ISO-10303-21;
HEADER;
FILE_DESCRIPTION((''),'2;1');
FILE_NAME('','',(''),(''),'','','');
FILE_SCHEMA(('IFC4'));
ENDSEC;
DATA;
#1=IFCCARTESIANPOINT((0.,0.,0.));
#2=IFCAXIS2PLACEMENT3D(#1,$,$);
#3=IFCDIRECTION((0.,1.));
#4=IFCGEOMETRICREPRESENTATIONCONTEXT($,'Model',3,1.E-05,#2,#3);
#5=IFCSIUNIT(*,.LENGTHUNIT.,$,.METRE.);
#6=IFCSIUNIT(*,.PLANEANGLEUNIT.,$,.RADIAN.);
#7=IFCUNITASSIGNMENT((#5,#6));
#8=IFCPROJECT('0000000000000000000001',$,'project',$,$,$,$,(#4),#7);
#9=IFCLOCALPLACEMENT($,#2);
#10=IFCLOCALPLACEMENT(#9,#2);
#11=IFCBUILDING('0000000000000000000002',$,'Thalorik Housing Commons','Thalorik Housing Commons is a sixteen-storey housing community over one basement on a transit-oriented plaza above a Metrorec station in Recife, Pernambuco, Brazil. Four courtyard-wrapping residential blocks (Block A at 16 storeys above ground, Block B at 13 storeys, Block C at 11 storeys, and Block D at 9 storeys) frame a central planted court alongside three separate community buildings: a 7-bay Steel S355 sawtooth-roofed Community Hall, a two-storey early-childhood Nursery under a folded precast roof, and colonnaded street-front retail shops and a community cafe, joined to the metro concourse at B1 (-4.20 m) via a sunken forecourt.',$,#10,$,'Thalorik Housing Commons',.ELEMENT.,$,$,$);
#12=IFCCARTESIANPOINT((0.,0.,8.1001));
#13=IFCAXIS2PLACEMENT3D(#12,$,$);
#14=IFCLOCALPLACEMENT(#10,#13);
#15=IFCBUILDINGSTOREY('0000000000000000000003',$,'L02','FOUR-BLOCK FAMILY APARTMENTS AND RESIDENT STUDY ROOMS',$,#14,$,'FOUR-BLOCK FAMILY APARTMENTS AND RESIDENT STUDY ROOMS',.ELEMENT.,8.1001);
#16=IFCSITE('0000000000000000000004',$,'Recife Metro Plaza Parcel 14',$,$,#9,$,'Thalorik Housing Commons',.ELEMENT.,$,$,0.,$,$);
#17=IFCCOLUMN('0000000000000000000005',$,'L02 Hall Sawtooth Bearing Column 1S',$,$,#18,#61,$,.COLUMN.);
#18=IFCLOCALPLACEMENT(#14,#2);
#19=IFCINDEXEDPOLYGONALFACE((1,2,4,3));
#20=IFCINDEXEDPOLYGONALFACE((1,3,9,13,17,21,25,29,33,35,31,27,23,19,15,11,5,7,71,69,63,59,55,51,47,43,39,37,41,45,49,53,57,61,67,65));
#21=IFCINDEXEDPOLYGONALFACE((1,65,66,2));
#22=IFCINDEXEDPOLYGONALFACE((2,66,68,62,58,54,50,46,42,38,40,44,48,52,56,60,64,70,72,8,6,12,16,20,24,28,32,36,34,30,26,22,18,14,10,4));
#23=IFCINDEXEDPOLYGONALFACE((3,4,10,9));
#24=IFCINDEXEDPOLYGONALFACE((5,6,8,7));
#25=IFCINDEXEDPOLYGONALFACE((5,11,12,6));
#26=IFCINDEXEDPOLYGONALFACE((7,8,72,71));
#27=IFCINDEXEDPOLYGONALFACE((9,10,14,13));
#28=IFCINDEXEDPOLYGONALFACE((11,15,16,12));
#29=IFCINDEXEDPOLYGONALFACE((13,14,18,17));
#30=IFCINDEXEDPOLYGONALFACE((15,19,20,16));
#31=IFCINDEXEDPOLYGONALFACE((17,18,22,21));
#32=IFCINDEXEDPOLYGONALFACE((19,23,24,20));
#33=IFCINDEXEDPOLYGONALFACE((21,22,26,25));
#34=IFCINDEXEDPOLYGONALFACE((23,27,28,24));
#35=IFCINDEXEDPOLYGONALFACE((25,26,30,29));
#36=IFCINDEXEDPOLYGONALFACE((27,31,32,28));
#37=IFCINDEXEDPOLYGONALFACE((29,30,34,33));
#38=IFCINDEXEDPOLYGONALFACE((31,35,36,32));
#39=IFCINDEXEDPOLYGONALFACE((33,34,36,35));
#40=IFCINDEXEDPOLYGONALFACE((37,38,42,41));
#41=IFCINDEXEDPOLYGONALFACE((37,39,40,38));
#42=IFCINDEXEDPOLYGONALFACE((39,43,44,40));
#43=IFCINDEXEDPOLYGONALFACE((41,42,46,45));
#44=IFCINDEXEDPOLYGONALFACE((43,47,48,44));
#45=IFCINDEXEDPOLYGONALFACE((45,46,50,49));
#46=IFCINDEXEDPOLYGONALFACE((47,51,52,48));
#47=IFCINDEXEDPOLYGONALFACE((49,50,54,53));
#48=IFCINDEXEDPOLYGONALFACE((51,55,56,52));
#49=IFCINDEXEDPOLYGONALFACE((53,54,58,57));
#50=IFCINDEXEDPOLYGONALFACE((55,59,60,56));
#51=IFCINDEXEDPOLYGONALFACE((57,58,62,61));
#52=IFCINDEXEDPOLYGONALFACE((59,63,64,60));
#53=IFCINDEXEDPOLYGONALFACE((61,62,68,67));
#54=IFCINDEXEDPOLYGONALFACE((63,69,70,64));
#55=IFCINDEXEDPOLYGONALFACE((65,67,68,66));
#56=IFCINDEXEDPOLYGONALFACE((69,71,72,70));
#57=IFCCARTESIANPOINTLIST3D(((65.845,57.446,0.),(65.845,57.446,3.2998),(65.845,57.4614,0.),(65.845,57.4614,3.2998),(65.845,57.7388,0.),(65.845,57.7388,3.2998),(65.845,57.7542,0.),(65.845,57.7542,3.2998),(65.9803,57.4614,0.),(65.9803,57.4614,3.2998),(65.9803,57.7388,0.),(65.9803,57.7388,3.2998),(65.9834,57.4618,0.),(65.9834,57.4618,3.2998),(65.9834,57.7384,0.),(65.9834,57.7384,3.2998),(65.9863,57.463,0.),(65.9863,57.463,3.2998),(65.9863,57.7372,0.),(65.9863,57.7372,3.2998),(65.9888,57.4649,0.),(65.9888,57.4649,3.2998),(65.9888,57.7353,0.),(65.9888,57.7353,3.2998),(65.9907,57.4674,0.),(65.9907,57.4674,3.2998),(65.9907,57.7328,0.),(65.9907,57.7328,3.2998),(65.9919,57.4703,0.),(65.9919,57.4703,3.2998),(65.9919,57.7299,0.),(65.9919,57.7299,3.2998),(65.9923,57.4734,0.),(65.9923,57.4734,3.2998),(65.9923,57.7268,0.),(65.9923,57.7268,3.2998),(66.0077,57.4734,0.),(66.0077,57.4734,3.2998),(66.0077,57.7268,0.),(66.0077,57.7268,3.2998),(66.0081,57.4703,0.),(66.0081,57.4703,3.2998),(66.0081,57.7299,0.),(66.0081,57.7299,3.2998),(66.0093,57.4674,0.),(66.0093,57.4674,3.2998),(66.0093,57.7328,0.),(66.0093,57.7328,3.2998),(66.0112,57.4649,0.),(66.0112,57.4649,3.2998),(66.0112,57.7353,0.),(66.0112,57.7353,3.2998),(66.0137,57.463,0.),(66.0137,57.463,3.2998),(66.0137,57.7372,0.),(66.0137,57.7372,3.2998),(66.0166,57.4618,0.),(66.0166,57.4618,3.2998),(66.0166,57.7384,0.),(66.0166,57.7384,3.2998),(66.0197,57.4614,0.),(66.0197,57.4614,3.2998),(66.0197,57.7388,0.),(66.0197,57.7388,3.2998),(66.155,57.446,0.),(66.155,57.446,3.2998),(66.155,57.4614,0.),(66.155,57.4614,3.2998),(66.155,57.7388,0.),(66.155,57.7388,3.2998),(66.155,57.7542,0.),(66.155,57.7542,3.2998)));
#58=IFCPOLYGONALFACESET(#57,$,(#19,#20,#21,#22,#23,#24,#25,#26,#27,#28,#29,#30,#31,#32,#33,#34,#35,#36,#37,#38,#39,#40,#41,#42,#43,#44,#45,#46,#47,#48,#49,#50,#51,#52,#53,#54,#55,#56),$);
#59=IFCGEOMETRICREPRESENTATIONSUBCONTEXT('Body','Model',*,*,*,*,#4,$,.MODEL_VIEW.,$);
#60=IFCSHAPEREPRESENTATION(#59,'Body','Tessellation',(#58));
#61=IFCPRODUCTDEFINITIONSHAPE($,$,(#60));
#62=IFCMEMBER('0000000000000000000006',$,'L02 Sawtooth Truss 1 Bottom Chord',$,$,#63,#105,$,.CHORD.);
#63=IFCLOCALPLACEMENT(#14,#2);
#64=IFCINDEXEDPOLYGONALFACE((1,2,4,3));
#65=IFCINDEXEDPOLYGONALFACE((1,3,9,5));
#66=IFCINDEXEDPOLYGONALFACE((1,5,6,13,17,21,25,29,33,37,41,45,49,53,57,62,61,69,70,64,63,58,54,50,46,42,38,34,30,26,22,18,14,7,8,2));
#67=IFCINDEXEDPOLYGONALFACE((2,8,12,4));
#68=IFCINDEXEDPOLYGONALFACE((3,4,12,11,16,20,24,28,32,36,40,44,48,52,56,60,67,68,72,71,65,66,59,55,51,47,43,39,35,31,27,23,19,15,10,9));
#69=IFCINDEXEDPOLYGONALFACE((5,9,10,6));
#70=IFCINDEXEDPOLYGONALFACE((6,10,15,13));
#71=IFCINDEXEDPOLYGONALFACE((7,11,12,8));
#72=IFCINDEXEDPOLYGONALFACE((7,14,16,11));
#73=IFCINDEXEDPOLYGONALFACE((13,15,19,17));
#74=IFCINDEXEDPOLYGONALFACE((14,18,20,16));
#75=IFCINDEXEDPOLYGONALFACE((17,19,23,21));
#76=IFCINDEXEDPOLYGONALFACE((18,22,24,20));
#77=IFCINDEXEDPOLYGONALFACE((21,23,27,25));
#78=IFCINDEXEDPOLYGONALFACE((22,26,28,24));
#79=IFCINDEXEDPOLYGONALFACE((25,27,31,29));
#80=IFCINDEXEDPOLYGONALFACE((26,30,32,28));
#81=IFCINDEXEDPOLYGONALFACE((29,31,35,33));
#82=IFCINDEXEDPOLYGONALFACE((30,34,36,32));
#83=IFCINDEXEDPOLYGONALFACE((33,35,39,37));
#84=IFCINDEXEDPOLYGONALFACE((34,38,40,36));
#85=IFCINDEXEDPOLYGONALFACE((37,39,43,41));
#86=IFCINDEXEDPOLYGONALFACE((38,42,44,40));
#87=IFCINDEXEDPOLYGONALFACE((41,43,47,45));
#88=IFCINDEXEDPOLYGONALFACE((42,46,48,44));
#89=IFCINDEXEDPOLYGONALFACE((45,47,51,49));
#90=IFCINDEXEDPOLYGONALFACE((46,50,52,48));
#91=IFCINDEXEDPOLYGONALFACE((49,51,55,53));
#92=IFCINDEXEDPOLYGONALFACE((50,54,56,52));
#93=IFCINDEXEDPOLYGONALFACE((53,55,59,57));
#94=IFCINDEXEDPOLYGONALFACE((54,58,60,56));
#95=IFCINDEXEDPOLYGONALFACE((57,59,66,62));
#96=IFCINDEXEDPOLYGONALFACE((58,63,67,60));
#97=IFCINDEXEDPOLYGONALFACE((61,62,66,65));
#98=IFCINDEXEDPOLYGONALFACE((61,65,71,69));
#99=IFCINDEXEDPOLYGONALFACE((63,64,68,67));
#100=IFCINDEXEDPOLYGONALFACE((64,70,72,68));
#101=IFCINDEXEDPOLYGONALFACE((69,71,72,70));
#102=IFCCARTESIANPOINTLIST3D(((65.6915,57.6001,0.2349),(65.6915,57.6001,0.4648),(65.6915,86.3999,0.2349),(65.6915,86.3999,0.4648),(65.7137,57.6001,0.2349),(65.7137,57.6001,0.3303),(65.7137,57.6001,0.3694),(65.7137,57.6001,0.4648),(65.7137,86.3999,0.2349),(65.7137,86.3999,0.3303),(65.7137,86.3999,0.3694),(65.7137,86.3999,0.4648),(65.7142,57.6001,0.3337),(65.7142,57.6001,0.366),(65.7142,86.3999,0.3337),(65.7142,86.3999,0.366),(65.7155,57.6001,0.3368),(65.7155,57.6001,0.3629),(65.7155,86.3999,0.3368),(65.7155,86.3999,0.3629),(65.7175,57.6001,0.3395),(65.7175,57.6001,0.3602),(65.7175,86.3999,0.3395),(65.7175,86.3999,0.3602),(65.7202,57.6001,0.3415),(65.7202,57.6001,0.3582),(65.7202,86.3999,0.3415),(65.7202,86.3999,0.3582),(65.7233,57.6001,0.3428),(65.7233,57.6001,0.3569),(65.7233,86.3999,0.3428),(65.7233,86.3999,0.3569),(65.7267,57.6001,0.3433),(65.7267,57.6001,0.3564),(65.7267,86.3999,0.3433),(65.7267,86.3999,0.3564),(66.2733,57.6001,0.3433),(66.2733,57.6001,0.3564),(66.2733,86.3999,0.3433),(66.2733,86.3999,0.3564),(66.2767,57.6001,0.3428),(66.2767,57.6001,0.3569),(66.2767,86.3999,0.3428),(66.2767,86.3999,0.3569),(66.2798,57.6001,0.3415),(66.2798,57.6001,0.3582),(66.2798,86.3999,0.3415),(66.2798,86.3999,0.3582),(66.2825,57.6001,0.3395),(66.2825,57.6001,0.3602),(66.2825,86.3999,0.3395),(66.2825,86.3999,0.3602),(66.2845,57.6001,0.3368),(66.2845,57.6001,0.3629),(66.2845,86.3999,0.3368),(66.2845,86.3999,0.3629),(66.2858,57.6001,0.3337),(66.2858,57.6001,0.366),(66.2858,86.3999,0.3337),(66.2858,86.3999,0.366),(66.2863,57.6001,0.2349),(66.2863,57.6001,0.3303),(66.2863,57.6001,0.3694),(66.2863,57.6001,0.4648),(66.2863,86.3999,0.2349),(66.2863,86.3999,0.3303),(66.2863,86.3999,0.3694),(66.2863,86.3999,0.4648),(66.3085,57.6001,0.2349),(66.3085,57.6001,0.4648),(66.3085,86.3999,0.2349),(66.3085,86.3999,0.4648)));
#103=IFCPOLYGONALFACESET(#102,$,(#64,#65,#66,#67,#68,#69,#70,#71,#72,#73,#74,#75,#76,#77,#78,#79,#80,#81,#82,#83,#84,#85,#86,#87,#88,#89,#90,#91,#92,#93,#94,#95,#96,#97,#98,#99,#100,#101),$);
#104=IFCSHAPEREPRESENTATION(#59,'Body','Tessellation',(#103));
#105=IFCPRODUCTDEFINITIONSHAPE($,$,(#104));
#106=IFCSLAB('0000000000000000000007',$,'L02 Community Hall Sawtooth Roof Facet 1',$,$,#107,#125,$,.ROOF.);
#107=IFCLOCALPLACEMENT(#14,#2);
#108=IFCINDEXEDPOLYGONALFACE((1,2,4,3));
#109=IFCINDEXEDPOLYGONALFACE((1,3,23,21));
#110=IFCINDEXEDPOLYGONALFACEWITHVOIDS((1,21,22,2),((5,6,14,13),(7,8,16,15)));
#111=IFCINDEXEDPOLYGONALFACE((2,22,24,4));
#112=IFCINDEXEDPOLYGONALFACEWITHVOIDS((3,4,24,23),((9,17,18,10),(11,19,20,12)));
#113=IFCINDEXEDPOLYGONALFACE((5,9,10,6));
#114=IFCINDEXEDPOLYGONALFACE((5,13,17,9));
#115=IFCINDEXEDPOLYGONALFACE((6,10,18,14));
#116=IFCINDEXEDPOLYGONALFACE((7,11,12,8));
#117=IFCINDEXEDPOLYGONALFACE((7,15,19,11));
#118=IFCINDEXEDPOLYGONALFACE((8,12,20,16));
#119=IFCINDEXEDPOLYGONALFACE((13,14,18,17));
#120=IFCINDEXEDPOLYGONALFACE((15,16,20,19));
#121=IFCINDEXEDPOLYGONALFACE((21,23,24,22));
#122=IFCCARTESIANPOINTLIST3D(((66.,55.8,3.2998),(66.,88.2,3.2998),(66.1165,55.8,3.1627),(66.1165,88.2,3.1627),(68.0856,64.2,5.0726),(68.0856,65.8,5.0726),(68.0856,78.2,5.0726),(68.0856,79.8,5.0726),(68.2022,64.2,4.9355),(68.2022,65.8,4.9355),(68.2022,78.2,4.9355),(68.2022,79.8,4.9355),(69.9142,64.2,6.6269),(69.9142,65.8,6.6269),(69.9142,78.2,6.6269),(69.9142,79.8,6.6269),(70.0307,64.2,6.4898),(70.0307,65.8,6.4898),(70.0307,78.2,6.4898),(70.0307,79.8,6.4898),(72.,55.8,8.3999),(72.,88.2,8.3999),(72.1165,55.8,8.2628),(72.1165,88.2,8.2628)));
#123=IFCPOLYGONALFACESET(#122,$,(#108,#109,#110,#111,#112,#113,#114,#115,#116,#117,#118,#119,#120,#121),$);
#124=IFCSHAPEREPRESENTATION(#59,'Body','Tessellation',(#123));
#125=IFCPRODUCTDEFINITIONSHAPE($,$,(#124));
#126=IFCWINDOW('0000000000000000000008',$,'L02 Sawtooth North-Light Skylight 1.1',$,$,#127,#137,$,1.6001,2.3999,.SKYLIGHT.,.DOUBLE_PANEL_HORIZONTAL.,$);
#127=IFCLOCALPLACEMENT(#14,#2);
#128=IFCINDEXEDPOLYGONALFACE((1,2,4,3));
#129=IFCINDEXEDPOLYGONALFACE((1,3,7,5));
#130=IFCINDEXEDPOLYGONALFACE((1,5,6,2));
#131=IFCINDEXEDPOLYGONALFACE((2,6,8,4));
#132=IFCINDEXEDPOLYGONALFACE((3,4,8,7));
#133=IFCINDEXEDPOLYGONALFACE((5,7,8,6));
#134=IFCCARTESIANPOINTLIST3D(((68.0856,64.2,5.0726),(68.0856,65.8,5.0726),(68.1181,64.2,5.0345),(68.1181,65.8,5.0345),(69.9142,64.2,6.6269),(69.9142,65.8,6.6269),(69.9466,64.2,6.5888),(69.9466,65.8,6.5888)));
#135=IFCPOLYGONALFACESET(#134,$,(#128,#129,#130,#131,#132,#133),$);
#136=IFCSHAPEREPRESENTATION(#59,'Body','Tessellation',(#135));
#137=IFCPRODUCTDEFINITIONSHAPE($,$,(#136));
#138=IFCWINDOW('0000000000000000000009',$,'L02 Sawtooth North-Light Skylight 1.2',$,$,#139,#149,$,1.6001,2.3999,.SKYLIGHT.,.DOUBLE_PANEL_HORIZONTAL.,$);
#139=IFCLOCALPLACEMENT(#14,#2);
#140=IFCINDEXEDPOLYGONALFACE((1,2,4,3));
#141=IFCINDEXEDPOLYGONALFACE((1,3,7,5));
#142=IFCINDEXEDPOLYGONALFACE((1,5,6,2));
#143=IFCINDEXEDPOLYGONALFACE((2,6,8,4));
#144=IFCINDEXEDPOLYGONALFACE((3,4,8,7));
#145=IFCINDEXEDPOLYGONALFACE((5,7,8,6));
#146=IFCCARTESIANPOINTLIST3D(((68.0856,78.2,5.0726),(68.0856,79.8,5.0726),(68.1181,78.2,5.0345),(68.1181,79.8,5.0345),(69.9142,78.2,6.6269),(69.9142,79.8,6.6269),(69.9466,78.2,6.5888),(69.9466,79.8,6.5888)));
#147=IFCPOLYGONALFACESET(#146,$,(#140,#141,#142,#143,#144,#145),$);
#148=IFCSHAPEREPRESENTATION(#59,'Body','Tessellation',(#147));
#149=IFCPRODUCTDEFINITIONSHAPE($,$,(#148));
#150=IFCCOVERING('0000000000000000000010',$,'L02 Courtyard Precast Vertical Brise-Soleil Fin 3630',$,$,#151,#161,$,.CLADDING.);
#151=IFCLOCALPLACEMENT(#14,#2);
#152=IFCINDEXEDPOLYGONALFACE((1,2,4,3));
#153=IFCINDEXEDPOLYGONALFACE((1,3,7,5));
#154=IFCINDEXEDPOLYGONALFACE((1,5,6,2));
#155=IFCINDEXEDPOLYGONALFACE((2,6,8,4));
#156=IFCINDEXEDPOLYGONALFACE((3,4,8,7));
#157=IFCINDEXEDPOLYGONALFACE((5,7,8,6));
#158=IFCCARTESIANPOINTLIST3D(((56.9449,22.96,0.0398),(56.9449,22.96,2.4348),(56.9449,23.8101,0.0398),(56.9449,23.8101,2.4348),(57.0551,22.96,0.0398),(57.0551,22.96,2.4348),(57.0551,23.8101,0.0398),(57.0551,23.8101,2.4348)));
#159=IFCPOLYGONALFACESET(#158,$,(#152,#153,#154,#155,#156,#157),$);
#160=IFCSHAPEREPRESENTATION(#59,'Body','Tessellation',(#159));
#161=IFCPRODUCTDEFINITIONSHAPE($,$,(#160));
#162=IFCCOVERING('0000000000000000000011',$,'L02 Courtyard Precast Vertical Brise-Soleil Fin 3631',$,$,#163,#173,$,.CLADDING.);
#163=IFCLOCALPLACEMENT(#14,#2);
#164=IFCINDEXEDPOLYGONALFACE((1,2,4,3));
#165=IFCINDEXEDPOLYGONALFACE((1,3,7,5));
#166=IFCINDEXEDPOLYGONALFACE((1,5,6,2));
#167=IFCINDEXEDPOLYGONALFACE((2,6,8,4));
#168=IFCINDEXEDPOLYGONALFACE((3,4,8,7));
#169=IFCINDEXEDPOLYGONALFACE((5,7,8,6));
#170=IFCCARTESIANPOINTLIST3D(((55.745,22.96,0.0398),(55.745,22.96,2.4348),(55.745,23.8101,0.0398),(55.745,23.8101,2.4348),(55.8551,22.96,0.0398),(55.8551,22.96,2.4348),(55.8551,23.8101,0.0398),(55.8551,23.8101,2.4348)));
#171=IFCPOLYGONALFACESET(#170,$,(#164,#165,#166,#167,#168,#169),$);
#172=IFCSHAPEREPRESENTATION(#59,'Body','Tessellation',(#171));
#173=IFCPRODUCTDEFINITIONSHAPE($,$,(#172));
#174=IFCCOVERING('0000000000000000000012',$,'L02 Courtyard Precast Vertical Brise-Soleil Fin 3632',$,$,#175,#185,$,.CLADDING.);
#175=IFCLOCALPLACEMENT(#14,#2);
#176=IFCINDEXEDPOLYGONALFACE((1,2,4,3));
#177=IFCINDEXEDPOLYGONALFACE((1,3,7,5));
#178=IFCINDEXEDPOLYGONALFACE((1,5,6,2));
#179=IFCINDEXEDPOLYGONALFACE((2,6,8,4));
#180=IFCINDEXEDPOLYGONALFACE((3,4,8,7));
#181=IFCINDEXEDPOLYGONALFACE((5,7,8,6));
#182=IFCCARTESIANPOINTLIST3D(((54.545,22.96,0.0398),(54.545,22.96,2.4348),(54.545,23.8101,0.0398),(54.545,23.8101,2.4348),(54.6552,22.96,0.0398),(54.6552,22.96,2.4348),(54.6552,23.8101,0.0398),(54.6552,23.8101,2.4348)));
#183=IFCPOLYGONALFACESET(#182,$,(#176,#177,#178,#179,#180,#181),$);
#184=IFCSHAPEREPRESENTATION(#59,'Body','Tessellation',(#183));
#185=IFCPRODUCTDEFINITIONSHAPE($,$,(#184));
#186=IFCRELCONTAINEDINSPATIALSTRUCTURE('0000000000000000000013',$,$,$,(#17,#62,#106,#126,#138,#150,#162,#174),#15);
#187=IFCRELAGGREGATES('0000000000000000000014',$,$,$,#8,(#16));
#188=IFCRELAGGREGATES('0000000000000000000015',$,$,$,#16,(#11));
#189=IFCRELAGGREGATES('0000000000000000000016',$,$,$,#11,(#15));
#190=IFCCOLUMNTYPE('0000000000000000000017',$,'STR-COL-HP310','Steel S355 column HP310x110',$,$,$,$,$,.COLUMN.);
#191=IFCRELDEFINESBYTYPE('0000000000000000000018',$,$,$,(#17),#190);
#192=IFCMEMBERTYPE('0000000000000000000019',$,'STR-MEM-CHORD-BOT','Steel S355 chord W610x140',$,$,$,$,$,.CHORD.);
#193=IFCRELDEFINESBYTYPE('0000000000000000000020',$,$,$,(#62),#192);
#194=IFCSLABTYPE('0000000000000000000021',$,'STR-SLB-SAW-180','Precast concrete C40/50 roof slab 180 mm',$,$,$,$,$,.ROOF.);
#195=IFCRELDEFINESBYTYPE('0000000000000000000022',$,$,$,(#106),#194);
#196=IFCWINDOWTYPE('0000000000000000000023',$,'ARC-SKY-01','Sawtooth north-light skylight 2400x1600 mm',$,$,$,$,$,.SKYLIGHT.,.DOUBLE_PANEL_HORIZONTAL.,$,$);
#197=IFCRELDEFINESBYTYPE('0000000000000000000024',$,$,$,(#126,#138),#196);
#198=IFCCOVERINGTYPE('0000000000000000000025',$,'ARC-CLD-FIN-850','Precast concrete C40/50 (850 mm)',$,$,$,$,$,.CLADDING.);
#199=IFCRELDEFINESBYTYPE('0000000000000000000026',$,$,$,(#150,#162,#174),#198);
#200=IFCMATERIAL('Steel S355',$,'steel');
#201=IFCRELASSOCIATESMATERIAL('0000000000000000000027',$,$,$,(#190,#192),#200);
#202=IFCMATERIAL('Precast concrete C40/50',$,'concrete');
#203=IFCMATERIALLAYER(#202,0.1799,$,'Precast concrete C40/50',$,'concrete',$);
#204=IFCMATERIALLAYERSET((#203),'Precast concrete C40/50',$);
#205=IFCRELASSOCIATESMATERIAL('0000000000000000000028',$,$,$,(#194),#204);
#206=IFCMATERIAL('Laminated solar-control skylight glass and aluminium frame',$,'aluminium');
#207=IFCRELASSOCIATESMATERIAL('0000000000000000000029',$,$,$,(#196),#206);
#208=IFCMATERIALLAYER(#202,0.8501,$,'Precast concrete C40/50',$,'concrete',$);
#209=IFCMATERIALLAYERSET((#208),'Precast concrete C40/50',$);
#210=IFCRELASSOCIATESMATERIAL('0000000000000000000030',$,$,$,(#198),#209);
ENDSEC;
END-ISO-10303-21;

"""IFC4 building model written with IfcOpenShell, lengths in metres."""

from ifc_helpers import new_model, si_unit, direction, frame, origin, origin_2d, place, context, subcontext, project, spatial, polyline, rectangle, i_section, outline, extrude, material, layer, layer_set, material_profile, profile_set, type_object, element, fill, save


model = new_model("IFC4")

# Units and contexts
model_context = context("Model", 3, precision=1e-05, world=origin(), true_north=direction((0.0, 1.0)))
body_context = subcontext(model_context, "Body", "Model", "MODEL_VIEW")
ifc_project = project(units=[si_unit("LENGTHUNIT", "METRE"), si_unit("PLANEANGLEUNIT", "RADIAN")], contexts=[model_context])

# Site, building, storey
site_placement = place(None, origin())
site = spatial("IfcSite", under=ifc_project, at=site_placement, Name="Recife Metro Plaza Parcel 14", LongName="Thalorik Housing Commons", CompositionType="ELEMENT", RefElevation=0.0)
building_placement = place(site_placement, origin())
building = spatial("IfcBuilding", under=site, at=building_placement, Name="Thalorik Housing Commons", Description="Thalorik Housing Commons is a sixteen-storey housing community over one basement on a transit-oriented plaza above a Metrorec station in Recife, Pernambuco, Brazil. Four courtyard-wrapping residential blocks (Block A at 16 storeys above ground, Block B at 13 storeys, Block C at 11 storeys, and Block D at 9 storeys) frame a central planted court alongside three separate community buildings: a 7-bay Steel S355 sawtooth-roofed Community Hall, a two-storey early-childhood Nursery under a folded precast roof, and colonnaded street-front retail shops and a community cafe, joined to the metro concourse at B1 (-4.20 m) via a sunken forecourt.", LongName="Thalorik Housing Commons", CompositionType="ELEMENT")
storey_placement = place(building_placement, frame((0.0, 0.0, 8.1001)))
storey = spatial("IfcBuildingStorey", under=building, at=storey_placement, Name="L02", Description="FOUR-BLOCK FAMILY APARTMENTS AND RESIDENT STUDY ROOMS", LongName="FOUR-BLOCK FAMILY APARTMENTS AND RESIDENT STUDY ROOMS", CompositionType="ELEMENT", Elevation=8.1001)

# Column
ifc_material_1 = material(Name="Steel S355", Category="steel")
ifc_material_profile_1 = material_profile(ifc_material_1, i_section(OverallWidth=0.3101, OverallDepth=0.3081, WebThickness=0.0154, FlangeThickness=0.0154, FilletRadius=0.012, at=origin_2d()), Name="HP310x110", Category="steel")
ifc_profile_set_1 = profile_set([ifc_material_profile_1], Name="Steel S355")
column_type = type_object("IfcColumnType", Name="STR-COL-HP310", Description="Steel S355 column HP310x110", PredefinedType="COLUMN", material=ifc_profile_set_1)
column_placement = place(storey_placement, frame((66.0, 57.6001, 0.0), z_axis=(0.0, 0.0, 1.0), x_axis=(1.0, 0.0, 0.0)))
element("IfcColumn", 1, at=column_placement, inside=storey, type_object=column_type, Name="L02 Hall Sawtooth Bearing Column 1S", PredefinedType="COLUMN", context=body_context, shape_type="SweptSolid", body=[
    extrude(i_section(OverallWidth=0.3101, OverallDepth=0.3081, WebThickness=0.0154, FlangeThickness=0.0154, FilletRadius=0.012, at=origin_2d()), origin(), (0.0, 0.0, 1.0), 3.2998),
])

# Member
ifc_material_profile_2 = material_profile(ifc_material_1, i_section(OverallWidth=0.23, OverallDepth=0.6169, WebThickness=0.0132, FlangeThickness=0.0222, FilletRadius=0.0129, at=origin_2d()), Name="W610x140", Category="steel")
ifc_profile_set_2 = profile_set([ifc_material_profile_2], Name="Steel S355")
member_type = type_object("IfcMemberType", Name="STR-MEM-CHORD-BOT", Description="Steel S355 chord W610x140", PredefinedType="CHORD", material=ifc_profile_set_2)
member_placement = place(storey_placement, frame((66.0, 57.6001, 0.3499), z_axis=(0.0, 1.0, 0.0), x_axis=(0.0, 0.0, 1.0)))
element("IfcMember", 2, at=member_placement, inside=storey, type_object=member_type, Name="L02 Sawtooth Truss 1 Bottom Chord", PredefinedType="CHORD", context=body_context, shape_type="SweptSolid", body=[
    extrude(i_section(OverallWidth=0.23, OverallDepth=0.6169, WebThickness=0.0132, FlangeThickness=0.0222, FilletRadius=0.0129, at=origin_2d()), origin(), (0.0, 0.0, 1.0), 28.7998),
])

# Slab, openings, windows
ifc_material_2 = material(Name="Precast concrete C40/50", Category="concrete")
ifc_layer_1 = layer(ifc_material_2, 0.1799, Name="Precast concrete C40/50", Category="concrete")
ifc_layer_set_1 = layer_set([ifc_layer_1], Name="Precast concrete C40/50")
slab_type = type_object("IfcSlabType", Name="STR-SLB-SAW-180", Description="Precast concrete C40/50 roof slab 180 mm", PredefinedType="ROOF", material=ifc_layer_set_1)
slab_placement = place(storey_placement, frame((66.0, 55.8, 3.2998), z_axis=(-0.647656, 0.0, 0.761933), x_axis=(0.761933, 0.0, 0.647656)))
slab = element("IfcSlab", 3, at=slab_placement, inside=storey, type_object=slab_type, Name="L02 Community Hall Sawtooth Roof Facet 1", PredefinedType="ROOF", context=body_context, shape_type="SweptSolid", body=[
    extrude(outline(polyline([(0.0, 0.0), (7.8747, 0.0), (7.8747, 32.3999), (0.0, 32.3999), (0.0, 0.0)])), origin(), (0.0, 0.0, -1.0), 0.1799),
])
opening_1_placement = place(slab_placement, frame((3.9373, 9.2, 0.01), z_axis=(0.0, 0.0, -1.0), x_axis=(1.0, 0.0, 0.0)))
opening_1 = element("IfcOpeningElement", 4, at=opening_1_placement, cuts=slab, PredefinedType="OPENING", context=body_context, shape_type="SweptSolid", body=[
    extrude(rectangle(XDim=2.3999, YDim=1.6001, at=origin_2d()), origin(), (0.0, 0.0, 1.0), 0.2),
])
opening_2_placement = place(slab_placement, frame((3.9373, 23.2, 0.01), z_axis=(0.0, 0.0, -1.0), x_axis=(1.0, 0.0, 0.0)))
opening_2 = element("IfcOpeningElement", 5, at=opening_2_placement, cuts=slab, PredefinedType="OPENING", context=body_context, shape_type="SweptSolid", body=[
    extrude(rectangle(XDim=2.3999, YDim=1.6001, at=origin_2d()), origin(), (0.0, 0.0, 1.0), 0.2),
])
ifc_material_3 = material(Name="Laminated solar-control skylight glass and aluminium frame", Category="aluminium")
window_type = type_object("IfcWindowType", Name="ARC-SKY-01", Description="Sawtooth north-light skylight 2400x1600 mm", PartitioningType="DOUBLE_PANEL_HORIZONTAL", PredefinedType="SKYLIGHT", material=ifc_material_3)
window_1_placement = place(opening_1_placement, frame((0.0, 0.0, 0.01)))
window_1 = element("IfcWindow", 6, at=window_1_placement, inside=storey, type_object=window_type, Name="L02 Sawtooth North-Light Skylight 1.1", OverallHeight=1.6001, OverallWidth=2.3999, PartitioningType="DOUBLE_PANEL_HORIZONTAL", PredefinedType="SKYLIGHT", context=body_context, shape_type="SweptSolid", body=[
    extrude(rectangle(XDim=2.3999, YDim=1.6001, at=origin_2d()), origin(), (0.0, 0.0, 1.0), 0.05),
])
fill(opening_1, window_1)
window_2_placement = place(opening_2_placement, frame((0.0, 0.0, 0.01)))
window_2 = element("IfcWindow", 7, at=window_2_placement, inside=storey, type_object=window_type, Name="L02 Sawtooth North-Light Skylight 1.2", OverallHeight=1.6001, OverallWidth=2.3999, PartitioningType="DOUBLE_PANEL_HORIZONTAL", PredefinedType="SKYLIGHT", context=body_context, shape_type="SweptSolid", body=[
    extrude(rectangle(XDim=2.3999, YDim=1.6001, at=origin_2d()), origin(), (0.0, 0.0, 1.0), 0.05),
])
fill(opening_2, window_2)

# Coverings
ifc_layer_2 = layer(ifc_material_2, 0.8501, Name="Precast concrete C40/50", Category="concrete")
ifc_layer_set_2 = layer_set([ifc_layer_2], Name="Precast concrete C40/50")
covering_type_1 = type_object("IfcCoveringType", Name="ARC-CLD-FIN-850", Description="Precast concrete C40/50 (850 mm)", PredefinedType="CLADDING", material=ifc_layer_set_2)
for number, where, z_axis, x_axis, name in (
    (8, (57.0, 23.385, 0.0398), (0.0, 0.0, 1.0), (-1.0, 0.0, 0.0), "L02 Courtyard Precast Vertical Brise-Soleil Fin 3630"),
    (9, (55.8, 23.385, 0.0398), (0.0, 0.0, 1.0), (-1.0, 0.0, 0.0), "L02 Courtyard Precast Vertical Brise-Soleil Fin 3631"),
    (10, (54.6001, 23.385, 0.0398), (0.0, 0.0, 1.0), (-1.0, 0.0, 0.0), "L02 Courtyard Precast Vertical Brise-Soleil Fin 3632"),
):
    element("IfcCovering", number, at=place(storey_placement, frame(where, z_axis=z_axis, x_axis=x_axis)), inside=storey, type_object=covering_type_1, Name=name, PredefinedType="CLADDING", context=body_context, shape_type="SweptSolid", body=[
        extrude(rectangle(XDim=0.1101, YDim=0.8501, at=origin_2d()), origin(), (0.0, 0.0, 1.0), 2.395),
    ])

save(model, "model.ifc")
